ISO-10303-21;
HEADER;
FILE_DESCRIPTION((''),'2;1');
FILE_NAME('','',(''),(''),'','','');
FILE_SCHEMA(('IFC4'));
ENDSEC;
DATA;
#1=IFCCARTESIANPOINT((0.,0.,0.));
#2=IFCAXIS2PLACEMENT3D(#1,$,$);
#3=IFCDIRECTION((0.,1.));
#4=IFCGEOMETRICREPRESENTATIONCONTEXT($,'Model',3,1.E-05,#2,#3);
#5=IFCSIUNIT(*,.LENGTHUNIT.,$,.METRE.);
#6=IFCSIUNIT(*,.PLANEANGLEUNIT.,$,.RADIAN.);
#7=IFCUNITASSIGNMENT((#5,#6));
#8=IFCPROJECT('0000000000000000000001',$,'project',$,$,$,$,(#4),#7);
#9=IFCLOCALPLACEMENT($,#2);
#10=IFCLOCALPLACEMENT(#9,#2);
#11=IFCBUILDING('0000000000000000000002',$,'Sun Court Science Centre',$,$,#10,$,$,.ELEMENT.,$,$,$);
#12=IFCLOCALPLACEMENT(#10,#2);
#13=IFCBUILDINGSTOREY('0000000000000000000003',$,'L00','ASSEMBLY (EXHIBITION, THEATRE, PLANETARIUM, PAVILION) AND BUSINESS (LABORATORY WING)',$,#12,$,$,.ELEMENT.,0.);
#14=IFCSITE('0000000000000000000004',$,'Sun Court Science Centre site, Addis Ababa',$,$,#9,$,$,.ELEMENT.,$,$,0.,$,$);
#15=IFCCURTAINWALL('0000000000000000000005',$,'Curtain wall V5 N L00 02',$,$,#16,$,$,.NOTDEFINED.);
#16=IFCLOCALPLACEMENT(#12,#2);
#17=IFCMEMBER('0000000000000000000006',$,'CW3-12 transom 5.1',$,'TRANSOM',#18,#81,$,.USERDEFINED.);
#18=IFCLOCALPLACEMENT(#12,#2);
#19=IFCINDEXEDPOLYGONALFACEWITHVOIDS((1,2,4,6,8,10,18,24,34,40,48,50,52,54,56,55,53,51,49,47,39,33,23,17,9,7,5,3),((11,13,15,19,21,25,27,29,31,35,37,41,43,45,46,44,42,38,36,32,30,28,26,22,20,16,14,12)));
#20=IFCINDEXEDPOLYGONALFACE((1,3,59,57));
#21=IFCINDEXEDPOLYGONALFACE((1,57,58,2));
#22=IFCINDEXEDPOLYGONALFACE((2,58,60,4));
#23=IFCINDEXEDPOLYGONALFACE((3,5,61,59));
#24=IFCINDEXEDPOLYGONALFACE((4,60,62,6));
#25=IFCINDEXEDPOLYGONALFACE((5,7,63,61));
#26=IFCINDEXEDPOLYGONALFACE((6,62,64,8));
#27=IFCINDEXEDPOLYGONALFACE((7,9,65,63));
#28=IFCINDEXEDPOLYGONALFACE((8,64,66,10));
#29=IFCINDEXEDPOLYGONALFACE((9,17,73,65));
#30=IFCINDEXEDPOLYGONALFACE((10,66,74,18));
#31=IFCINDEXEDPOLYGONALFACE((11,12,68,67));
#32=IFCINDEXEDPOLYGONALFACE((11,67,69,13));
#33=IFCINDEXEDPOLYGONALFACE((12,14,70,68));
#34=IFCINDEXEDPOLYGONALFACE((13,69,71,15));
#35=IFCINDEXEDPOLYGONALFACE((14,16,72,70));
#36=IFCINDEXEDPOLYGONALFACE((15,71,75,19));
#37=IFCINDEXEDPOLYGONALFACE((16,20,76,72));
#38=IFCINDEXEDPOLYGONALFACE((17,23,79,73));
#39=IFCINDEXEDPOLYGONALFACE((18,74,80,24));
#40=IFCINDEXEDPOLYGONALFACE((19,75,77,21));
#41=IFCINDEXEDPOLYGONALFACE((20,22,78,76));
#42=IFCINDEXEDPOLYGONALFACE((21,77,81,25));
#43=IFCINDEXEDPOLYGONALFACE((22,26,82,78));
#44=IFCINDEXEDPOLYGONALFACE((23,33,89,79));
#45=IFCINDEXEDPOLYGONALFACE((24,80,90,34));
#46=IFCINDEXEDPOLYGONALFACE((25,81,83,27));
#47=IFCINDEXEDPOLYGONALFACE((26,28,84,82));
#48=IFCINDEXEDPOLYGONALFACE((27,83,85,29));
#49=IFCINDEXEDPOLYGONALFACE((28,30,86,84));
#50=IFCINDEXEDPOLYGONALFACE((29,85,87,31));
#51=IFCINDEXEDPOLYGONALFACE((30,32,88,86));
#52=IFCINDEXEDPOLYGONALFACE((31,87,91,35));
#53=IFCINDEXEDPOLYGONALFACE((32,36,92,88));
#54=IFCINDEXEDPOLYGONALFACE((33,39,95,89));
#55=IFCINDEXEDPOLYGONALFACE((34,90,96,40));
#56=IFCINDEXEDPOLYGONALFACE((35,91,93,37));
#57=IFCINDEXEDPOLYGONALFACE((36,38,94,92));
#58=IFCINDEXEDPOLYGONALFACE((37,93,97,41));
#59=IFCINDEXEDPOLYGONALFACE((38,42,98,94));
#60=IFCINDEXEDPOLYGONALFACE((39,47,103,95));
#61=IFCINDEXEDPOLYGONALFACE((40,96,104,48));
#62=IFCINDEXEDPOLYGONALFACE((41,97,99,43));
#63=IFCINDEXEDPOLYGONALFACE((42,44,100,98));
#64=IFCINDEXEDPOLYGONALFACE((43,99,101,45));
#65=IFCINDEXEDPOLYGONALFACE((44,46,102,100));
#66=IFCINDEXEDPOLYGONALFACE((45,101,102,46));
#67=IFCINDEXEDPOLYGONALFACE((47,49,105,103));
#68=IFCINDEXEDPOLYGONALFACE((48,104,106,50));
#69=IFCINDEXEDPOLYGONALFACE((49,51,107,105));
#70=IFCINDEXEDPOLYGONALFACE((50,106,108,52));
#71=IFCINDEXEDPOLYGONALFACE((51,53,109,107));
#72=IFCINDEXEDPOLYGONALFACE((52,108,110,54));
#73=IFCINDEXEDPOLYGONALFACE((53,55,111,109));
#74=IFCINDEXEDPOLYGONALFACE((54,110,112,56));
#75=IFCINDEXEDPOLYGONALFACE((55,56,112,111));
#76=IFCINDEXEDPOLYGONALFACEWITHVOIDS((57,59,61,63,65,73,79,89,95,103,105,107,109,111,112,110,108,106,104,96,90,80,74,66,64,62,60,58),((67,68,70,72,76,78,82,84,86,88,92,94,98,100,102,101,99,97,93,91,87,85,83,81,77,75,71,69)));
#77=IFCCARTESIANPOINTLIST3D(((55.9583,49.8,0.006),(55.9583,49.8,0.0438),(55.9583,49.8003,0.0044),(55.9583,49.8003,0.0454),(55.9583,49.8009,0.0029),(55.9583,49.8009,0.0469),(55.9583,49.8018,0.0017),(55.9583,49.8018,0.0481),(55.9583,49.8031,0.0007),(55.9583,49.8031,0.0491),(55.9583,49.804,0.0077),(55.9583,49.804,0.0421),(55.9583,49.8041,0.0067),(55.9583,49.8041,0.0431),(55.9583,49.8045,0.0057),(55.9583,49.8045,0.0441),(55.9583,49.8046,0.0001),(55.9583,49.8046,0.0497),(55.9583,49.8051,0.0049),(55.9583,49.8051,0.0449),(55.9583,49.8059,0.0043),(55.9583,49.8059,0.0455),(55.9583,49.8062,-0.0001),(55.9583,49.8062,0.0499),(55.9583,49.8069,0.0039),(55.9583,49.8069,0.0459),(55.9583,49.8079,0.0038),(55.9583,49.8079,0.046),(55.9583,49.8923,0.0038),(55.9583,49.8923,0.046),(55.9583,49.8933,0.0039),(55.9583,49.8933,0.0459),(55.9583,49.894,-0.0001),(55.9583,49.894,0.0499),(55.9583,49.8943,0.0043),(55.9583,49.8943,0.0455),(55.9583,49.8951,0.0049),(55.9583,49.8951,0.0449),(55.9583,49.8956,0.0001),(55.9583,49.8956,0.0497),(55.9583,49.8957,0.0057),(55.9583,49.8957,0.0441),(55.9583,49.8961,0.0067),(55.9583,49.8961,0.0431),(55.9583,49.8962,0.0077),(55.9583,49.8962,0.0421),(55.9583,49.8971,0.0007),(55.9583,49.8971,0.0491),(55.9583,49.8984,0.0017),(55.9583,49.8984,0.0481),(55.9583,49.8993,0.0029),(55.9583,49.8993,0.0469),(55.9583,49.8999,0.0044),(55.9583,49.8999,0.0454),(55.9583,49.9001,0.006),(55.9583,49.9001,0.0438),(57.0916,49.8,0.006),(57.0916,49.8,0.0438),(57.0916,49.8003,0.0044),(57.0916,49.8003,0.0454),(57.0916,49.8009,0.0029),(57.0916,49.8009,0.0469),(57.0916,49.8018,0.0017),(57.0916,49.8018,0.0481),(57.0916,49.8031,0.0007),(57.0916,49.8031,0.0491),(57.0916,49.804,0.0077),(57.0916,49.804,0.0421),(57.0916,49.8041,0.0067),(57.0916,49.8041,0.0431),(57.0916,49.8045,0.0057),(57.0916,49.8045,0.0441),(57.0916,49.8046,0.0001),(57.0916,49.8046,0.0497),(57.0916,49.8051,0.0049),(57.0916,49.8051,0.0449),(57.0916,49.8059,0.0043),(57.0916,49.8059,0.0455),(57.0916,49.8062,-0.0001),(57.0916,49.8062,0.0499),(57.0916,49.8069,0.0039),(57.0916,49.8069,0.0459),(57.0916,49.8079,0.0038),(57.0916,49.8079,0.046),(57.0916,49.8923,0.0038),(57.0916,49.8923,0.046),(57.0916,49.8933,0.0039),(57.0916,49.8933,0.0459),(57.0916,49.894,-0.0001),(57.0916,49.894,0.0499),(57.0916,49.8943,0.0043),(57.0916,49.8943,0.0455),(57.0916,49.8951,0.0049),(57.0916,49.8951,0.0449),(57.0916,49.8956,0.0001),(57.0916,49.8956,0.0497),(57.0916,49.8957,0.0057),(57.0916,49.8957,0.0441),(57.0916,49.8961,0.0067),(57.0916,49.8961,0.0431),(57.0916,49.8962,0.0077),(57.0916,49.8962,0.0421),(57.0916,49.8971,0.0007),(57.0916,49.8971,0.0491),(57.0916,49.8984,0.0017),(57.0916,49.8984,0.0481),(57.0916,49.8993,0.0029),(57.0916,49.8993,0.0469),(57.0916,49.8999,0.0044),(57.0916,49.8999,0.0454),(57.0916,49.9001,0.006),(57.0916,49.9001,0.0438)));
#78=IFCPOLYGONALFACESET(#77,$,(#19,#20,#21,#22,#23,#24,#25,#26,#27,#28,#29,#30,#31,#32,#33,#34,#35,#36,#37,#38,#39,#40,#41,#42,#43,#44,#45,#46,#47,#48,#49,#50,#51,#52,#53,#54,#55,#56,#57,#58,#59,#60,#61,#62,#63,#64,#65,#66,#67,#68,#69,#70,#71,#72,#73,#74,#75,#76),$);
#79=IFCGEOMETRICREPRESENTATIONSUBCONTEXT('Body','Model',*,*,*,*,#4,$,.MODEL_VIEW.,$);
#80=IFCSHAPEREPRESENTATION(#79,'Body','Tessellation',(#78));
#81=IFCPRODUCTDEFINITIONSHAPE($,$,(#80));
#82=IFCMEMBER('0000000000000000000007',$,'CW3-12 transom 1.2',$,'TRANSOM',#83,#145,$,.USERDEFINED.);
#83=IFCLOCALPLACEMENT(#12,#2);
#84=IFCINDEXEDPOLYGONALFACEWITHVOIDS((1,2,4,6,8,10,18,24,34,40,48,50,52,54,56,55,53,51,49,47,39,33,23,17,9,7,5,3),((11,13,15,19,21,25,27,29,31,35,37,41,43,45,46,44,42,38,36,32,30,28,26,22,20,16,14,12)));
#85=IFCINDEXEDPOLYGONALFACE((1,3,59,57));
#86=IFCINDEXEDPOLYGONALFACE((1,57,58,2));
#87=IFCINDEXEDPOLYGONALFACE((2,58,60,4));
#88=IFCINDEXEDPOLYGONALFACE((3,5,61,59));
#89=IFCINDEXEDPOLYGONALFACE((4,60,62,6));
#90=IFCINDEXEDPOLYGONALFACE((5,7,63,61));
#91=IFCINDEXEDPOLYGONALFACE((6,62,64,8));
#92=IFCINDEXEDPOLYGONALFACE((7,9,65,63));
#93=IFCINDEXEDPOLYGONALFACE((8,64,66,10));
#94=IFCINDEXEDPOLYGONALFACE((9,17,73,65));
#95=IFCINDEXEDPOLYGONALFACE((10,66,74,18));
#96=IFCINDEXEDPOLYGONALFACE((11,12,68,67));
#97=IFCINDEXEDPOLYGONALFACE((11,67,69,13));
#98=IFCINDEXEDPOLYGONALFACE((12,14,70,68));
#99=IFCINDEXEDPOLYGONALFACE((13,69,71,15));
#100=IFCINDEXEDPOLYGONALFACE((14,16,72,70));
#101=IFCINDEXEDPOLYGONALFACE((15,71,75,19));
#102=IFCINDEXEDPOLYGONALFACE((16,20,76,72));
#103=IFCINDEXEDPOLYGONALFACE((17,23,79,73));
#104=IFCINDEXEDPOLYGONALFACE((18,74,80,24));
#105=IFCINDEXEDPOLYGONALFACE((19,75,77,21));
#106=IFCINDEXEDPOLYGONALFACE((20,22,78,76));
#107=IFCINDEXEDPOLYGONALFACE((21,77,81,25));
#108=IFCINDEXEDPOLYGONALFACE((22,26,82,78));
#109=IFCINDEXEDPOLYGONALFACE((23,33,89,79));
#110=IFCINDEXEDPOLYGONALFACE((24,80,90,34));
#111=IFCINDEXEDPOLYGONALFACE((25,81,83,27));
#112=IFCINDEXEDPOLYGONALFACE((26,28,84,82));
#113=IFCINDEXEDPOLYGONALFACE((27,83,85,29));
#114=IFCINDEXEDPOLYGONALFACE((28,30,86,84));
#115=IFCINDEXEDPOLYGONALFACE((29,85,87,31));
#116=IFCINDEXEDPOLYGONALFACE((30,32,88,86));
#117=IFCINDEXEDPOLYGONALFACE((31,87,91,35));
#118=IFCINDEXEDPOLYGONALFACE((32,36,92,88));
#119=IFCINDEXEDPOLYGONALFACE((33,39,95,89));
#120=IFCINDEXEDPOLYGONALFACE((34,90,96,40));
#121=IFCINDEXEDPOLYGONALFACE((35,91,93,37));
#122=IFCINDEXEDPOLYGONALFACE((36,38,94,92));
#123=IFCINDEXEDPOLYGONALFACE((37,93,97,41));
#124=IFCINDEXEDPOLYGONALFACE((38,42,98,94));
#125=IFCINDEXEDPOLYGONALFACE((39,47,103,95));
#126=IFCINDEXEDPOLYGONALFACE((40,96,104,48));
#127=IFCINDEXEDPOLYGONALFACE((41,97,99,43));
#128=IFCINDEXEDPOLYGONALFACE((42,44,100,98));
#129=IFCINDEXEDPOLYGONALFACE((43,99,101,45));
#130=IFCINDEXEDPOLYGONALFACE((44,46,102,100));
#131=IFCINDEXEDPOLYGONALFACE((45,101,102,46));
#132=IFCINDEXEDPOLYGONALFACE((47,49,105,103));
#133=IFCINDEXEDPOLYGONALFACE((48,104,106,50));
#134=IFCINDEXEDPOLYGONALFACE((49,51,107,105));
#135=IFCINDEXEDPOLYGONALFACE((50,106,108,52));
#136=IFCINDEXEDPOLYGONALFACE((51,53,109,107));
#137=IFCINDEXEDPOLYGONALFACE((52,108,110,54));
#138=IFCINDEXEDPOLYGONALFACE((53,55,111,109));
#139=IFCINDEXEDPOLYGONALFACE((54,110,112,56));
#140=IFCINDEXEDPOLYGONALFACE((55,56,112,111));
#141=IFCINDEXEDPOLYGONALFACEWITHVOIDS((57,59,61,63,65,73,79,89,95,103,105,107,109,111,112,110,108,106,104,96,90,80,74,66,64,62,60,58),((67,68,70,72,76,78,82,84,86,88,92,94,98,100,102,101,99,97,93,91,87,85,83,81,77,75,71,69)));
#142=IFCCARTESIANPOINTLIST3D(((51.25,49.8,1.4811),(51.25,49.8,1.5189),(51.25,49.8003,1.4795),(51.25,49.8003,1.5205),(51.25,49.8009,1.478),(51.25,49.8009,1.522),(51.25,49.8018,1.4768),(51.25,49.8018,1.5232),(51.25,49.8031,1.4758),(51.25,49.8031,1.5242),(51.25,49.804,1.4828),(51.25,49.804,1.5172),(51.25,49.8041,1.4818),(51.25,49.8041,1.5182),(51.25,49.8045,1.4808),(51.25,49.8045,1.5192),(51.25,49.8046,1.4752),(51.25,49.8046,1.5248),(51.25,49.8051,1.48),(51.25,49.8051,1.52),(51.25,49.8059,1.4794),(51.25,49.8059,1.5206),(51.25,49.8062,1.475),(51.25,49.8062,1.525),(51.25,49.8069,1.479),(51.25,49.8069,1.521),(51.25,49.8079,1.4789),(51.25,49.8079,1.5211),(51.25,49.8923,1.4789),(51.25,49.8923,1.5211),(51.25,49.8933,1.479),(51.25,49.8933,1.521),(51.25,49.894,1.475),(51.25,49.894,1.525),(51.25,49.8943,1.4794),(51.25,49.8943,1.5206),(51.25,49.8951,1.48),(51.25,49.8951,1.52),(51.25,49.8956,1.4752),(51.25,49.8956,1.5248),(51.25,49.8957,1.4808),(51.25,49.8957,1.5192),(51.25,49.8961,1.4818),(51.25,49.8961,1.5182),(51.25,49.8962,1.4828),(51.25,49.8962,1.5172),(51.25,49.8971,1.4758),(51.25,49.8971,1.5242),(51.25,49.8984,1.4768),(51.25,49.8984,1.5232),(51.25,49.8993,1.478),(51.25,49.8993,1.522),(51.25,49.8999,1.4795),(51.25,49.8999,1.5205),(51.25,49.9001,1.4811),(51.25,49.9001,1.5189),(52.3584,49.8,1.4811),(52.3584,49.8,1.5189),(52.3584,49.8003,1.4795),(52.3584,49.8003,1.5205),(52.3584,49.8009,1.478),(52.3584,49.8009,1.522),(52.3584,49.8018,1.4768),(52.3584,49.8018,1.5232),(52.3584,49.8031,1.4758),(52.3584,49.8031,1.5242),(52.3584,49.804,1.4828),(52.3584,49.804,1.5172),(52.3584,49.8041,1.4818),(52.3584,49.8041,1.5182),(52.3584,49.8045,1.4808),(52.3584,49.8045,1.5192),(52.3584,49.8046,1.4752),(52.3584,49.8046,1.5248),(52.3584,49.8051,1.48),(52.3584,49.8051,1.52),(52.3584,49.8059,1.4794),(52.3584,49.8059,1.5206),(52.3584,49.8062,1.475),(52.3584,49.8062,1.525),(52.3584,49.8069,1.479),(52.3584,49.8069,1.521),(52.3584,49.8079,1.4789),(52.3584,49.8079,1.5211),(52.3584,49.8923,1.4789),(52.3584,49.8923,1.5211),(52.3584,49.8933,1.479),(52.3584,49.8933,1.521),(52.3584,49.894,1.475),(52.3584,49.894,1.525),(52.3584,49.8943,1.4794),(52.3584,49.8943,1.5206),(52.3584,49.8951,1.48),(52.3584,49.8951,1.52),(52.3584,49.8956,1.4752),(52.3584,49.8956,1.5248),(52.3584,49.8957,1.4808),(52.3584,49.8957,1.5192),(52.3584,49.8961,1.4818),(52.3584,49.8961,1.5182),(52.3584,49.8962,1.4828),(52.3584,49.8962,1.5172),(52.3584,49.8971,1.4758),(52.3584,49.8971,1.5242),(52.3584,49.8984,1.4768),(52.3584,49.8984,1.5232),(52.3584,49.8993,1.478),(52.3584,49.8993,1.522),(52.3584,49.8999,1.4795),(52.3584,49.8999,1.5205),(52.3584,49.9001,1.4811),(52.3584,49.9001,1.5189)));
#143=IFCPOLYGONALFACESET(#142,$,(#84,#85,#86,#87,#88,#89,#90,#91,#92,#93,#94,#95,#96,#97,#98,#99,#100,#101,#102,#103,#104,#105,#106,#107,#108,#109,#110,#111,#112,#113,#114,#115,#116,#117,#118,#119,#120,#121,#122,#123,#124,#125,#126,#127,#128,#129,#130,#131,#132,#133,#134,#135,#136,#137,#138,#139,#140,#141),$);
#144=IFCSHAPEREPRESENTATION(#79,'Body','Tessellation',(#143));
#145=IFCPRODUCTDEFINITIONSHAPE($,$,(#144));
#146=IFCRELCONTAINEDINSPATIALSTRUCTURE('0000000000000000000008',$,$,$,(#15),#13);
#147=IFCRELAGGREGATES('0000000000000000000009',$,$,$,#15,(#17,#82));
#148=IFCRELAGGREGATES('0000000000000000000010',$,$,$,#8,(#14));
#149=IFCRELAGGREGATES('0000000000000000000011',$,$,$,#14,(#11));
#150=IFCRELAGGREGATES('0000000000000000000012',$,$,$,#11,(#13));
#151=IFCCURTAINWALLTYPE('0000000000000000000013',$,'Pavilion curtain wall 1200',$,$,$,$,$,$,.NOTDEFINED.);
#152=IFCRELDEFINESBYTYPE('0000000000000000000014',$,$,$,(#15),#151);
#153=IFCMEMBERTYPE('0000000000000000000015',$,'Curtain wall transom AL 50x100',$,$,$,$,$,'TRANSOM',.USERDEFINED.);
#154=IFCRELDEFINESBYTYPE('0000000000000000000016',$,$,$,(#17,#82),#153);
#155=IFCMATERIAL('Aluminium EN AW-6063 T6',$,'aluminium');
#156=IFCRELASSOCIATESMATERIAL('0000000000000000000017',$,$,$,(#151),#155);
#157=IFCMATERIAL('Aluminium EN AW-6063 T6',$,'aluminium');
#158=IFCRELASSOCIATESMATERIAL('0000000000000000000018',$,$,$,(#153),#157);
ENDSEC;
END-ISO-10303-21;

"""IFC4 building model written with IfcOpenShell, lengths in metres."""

from ifc_helpers import new_model, si_unit, direction, frame, origin, origin_2d, place, context, subcontext, project, spatial, hollow_rectangle, extrude, material, material_profile, profile_set, type_object, element, aggregate, save


model = new_model("IFC4")

# Units and contexts
model_context = context("Model", 3, precision=1e-05, world=origin(), true_north=direction((0.0, 1.0)))
body_context = subcontext(model_context, "Body", "Model", "MODEL_VIEW")
ifc_project = project(units=[si_unit("LENGTHUNIT", "METRE"), si_unit("PLANEANGLEUNIT", "RADIAN")], contexts=[model_context])

# Site, building, storey
site_placement = place(None, origin())
site = spatial("IfcSite", under=ifc_project, at=site_placement, Name="Sun Court Science Centre site, Addis Ababa", CompositionType="ELEMENT", RefElevation=0.0)
building_placement = place(site_placement, origin())
building = spatial("IfcBuilding", under=site, at=building_placement, Name="Sun Court Science Centre", CompositionType="ELEMENT")
storey_placement = place(building_placement, origin())
storey = spatial("IfcBuildingStorey", under=building, at=storey_placement, Name="L00", Description="ASSEMBLY (EXHIBITION, THEATRE, PLANETARIUM, PAVILION) AND BUSINESS (LABORATORY WING)", CompositionType="ELEMENT", Elevation=0.0)

# Curtain wall, members
ifc_material_1 = material(Name="Aluminium EN AW-6063 T6", Category="aluminium")
curtain_wall_type = type_object("IfcCurtainWallType", Name="Pavilion curtain wall 1200", PredefinedType="NOTDEFINED", material=ifc_material_1)
curtain_wall_placement = place(storey_placement, origin())
curtain_wall = element("IfcCurtainWall", 1, at=curtain_wall_placement, inside=storey, type_object=curtain_wall_type, Name="Curtain wall V5 N L00 02", PredefinedType="NOTDEFINED")
ifc_material_2 = material(Name="Aluminium EN AW-6063 T6", Category="aluminium")
ifc_material_profile_1 = material_profile(ifc_material_2, hollow_rectangle(XDim=0.05, YDim=0.1001, WallThickness=0.0039, InnerFilletRadius=0.0039, OuterFilletRadius=0.0061, at=origin_2d()), Name="AL 50x100x4")
ifc_profile_set_1 = profile_set([ifc_material_profile_1], Name="Aluminium EN AW-6063 T6")
member_type_1 = type_object("IfcMemberType", Name="Curtain wall transom AL 50x100", ElementType="TRANSOM", PredefinedType="USERDEFINED", material=ifc_profile_set_1)
member_1_placement = place(storey_placement, frame((55.9583, 49.8501, 0.0249), z_axis=(1.0, 0.0, 0.0), x_axis=(0.0, 0.0, 1.0)))
member_1 = element("IfcMember", 2, at=member_1_placement, type_object=member_type_1, Name="CW3-12 transom 5.1", ObjectType="TRANSOM", PredefinedType="USERDEFINED", context=body_context, shape_type="SweptSolid", body=[
    extrude(hollow_rectangle(XDim=0.05, YDim=0.1001, WallThickness=0.0039, InnerFilletRadius=0.0039, OuterFilletRadius=0.0061, at=origin_2d()), origin(), (0.0, 0.0, 1.0), 1.1333),
])
member_2_placement = place(storey_placement, frame((51.25, 49.8501, 1.5), z_axis=(1.0, 0.0, 0.0), x_axis=(0.0, 0.0, 1.0)))
member_2 = element("IfcMember", 3, at=member_2_placement, type_object=member_type_1, Name="CW3-12 transom 1.2", ObjectType="TRANSOM", PredefinedType="USERDEFINED", context=body_context, shape_type="SweptSolid", body=[
    extrude(hollow_rectangle(XDim=0.05, YDim=0.1001, WallThickness=0.0039, InnerFilletRadius=0.0039, OuterFilletRadius=0.0061, at=origin_2d()), origin(), (0.0, 0.0, 1.0), 1.1084),
])
aggregate(curtain_wall, [member_1, member_2])

save(model, "model.ifc")
